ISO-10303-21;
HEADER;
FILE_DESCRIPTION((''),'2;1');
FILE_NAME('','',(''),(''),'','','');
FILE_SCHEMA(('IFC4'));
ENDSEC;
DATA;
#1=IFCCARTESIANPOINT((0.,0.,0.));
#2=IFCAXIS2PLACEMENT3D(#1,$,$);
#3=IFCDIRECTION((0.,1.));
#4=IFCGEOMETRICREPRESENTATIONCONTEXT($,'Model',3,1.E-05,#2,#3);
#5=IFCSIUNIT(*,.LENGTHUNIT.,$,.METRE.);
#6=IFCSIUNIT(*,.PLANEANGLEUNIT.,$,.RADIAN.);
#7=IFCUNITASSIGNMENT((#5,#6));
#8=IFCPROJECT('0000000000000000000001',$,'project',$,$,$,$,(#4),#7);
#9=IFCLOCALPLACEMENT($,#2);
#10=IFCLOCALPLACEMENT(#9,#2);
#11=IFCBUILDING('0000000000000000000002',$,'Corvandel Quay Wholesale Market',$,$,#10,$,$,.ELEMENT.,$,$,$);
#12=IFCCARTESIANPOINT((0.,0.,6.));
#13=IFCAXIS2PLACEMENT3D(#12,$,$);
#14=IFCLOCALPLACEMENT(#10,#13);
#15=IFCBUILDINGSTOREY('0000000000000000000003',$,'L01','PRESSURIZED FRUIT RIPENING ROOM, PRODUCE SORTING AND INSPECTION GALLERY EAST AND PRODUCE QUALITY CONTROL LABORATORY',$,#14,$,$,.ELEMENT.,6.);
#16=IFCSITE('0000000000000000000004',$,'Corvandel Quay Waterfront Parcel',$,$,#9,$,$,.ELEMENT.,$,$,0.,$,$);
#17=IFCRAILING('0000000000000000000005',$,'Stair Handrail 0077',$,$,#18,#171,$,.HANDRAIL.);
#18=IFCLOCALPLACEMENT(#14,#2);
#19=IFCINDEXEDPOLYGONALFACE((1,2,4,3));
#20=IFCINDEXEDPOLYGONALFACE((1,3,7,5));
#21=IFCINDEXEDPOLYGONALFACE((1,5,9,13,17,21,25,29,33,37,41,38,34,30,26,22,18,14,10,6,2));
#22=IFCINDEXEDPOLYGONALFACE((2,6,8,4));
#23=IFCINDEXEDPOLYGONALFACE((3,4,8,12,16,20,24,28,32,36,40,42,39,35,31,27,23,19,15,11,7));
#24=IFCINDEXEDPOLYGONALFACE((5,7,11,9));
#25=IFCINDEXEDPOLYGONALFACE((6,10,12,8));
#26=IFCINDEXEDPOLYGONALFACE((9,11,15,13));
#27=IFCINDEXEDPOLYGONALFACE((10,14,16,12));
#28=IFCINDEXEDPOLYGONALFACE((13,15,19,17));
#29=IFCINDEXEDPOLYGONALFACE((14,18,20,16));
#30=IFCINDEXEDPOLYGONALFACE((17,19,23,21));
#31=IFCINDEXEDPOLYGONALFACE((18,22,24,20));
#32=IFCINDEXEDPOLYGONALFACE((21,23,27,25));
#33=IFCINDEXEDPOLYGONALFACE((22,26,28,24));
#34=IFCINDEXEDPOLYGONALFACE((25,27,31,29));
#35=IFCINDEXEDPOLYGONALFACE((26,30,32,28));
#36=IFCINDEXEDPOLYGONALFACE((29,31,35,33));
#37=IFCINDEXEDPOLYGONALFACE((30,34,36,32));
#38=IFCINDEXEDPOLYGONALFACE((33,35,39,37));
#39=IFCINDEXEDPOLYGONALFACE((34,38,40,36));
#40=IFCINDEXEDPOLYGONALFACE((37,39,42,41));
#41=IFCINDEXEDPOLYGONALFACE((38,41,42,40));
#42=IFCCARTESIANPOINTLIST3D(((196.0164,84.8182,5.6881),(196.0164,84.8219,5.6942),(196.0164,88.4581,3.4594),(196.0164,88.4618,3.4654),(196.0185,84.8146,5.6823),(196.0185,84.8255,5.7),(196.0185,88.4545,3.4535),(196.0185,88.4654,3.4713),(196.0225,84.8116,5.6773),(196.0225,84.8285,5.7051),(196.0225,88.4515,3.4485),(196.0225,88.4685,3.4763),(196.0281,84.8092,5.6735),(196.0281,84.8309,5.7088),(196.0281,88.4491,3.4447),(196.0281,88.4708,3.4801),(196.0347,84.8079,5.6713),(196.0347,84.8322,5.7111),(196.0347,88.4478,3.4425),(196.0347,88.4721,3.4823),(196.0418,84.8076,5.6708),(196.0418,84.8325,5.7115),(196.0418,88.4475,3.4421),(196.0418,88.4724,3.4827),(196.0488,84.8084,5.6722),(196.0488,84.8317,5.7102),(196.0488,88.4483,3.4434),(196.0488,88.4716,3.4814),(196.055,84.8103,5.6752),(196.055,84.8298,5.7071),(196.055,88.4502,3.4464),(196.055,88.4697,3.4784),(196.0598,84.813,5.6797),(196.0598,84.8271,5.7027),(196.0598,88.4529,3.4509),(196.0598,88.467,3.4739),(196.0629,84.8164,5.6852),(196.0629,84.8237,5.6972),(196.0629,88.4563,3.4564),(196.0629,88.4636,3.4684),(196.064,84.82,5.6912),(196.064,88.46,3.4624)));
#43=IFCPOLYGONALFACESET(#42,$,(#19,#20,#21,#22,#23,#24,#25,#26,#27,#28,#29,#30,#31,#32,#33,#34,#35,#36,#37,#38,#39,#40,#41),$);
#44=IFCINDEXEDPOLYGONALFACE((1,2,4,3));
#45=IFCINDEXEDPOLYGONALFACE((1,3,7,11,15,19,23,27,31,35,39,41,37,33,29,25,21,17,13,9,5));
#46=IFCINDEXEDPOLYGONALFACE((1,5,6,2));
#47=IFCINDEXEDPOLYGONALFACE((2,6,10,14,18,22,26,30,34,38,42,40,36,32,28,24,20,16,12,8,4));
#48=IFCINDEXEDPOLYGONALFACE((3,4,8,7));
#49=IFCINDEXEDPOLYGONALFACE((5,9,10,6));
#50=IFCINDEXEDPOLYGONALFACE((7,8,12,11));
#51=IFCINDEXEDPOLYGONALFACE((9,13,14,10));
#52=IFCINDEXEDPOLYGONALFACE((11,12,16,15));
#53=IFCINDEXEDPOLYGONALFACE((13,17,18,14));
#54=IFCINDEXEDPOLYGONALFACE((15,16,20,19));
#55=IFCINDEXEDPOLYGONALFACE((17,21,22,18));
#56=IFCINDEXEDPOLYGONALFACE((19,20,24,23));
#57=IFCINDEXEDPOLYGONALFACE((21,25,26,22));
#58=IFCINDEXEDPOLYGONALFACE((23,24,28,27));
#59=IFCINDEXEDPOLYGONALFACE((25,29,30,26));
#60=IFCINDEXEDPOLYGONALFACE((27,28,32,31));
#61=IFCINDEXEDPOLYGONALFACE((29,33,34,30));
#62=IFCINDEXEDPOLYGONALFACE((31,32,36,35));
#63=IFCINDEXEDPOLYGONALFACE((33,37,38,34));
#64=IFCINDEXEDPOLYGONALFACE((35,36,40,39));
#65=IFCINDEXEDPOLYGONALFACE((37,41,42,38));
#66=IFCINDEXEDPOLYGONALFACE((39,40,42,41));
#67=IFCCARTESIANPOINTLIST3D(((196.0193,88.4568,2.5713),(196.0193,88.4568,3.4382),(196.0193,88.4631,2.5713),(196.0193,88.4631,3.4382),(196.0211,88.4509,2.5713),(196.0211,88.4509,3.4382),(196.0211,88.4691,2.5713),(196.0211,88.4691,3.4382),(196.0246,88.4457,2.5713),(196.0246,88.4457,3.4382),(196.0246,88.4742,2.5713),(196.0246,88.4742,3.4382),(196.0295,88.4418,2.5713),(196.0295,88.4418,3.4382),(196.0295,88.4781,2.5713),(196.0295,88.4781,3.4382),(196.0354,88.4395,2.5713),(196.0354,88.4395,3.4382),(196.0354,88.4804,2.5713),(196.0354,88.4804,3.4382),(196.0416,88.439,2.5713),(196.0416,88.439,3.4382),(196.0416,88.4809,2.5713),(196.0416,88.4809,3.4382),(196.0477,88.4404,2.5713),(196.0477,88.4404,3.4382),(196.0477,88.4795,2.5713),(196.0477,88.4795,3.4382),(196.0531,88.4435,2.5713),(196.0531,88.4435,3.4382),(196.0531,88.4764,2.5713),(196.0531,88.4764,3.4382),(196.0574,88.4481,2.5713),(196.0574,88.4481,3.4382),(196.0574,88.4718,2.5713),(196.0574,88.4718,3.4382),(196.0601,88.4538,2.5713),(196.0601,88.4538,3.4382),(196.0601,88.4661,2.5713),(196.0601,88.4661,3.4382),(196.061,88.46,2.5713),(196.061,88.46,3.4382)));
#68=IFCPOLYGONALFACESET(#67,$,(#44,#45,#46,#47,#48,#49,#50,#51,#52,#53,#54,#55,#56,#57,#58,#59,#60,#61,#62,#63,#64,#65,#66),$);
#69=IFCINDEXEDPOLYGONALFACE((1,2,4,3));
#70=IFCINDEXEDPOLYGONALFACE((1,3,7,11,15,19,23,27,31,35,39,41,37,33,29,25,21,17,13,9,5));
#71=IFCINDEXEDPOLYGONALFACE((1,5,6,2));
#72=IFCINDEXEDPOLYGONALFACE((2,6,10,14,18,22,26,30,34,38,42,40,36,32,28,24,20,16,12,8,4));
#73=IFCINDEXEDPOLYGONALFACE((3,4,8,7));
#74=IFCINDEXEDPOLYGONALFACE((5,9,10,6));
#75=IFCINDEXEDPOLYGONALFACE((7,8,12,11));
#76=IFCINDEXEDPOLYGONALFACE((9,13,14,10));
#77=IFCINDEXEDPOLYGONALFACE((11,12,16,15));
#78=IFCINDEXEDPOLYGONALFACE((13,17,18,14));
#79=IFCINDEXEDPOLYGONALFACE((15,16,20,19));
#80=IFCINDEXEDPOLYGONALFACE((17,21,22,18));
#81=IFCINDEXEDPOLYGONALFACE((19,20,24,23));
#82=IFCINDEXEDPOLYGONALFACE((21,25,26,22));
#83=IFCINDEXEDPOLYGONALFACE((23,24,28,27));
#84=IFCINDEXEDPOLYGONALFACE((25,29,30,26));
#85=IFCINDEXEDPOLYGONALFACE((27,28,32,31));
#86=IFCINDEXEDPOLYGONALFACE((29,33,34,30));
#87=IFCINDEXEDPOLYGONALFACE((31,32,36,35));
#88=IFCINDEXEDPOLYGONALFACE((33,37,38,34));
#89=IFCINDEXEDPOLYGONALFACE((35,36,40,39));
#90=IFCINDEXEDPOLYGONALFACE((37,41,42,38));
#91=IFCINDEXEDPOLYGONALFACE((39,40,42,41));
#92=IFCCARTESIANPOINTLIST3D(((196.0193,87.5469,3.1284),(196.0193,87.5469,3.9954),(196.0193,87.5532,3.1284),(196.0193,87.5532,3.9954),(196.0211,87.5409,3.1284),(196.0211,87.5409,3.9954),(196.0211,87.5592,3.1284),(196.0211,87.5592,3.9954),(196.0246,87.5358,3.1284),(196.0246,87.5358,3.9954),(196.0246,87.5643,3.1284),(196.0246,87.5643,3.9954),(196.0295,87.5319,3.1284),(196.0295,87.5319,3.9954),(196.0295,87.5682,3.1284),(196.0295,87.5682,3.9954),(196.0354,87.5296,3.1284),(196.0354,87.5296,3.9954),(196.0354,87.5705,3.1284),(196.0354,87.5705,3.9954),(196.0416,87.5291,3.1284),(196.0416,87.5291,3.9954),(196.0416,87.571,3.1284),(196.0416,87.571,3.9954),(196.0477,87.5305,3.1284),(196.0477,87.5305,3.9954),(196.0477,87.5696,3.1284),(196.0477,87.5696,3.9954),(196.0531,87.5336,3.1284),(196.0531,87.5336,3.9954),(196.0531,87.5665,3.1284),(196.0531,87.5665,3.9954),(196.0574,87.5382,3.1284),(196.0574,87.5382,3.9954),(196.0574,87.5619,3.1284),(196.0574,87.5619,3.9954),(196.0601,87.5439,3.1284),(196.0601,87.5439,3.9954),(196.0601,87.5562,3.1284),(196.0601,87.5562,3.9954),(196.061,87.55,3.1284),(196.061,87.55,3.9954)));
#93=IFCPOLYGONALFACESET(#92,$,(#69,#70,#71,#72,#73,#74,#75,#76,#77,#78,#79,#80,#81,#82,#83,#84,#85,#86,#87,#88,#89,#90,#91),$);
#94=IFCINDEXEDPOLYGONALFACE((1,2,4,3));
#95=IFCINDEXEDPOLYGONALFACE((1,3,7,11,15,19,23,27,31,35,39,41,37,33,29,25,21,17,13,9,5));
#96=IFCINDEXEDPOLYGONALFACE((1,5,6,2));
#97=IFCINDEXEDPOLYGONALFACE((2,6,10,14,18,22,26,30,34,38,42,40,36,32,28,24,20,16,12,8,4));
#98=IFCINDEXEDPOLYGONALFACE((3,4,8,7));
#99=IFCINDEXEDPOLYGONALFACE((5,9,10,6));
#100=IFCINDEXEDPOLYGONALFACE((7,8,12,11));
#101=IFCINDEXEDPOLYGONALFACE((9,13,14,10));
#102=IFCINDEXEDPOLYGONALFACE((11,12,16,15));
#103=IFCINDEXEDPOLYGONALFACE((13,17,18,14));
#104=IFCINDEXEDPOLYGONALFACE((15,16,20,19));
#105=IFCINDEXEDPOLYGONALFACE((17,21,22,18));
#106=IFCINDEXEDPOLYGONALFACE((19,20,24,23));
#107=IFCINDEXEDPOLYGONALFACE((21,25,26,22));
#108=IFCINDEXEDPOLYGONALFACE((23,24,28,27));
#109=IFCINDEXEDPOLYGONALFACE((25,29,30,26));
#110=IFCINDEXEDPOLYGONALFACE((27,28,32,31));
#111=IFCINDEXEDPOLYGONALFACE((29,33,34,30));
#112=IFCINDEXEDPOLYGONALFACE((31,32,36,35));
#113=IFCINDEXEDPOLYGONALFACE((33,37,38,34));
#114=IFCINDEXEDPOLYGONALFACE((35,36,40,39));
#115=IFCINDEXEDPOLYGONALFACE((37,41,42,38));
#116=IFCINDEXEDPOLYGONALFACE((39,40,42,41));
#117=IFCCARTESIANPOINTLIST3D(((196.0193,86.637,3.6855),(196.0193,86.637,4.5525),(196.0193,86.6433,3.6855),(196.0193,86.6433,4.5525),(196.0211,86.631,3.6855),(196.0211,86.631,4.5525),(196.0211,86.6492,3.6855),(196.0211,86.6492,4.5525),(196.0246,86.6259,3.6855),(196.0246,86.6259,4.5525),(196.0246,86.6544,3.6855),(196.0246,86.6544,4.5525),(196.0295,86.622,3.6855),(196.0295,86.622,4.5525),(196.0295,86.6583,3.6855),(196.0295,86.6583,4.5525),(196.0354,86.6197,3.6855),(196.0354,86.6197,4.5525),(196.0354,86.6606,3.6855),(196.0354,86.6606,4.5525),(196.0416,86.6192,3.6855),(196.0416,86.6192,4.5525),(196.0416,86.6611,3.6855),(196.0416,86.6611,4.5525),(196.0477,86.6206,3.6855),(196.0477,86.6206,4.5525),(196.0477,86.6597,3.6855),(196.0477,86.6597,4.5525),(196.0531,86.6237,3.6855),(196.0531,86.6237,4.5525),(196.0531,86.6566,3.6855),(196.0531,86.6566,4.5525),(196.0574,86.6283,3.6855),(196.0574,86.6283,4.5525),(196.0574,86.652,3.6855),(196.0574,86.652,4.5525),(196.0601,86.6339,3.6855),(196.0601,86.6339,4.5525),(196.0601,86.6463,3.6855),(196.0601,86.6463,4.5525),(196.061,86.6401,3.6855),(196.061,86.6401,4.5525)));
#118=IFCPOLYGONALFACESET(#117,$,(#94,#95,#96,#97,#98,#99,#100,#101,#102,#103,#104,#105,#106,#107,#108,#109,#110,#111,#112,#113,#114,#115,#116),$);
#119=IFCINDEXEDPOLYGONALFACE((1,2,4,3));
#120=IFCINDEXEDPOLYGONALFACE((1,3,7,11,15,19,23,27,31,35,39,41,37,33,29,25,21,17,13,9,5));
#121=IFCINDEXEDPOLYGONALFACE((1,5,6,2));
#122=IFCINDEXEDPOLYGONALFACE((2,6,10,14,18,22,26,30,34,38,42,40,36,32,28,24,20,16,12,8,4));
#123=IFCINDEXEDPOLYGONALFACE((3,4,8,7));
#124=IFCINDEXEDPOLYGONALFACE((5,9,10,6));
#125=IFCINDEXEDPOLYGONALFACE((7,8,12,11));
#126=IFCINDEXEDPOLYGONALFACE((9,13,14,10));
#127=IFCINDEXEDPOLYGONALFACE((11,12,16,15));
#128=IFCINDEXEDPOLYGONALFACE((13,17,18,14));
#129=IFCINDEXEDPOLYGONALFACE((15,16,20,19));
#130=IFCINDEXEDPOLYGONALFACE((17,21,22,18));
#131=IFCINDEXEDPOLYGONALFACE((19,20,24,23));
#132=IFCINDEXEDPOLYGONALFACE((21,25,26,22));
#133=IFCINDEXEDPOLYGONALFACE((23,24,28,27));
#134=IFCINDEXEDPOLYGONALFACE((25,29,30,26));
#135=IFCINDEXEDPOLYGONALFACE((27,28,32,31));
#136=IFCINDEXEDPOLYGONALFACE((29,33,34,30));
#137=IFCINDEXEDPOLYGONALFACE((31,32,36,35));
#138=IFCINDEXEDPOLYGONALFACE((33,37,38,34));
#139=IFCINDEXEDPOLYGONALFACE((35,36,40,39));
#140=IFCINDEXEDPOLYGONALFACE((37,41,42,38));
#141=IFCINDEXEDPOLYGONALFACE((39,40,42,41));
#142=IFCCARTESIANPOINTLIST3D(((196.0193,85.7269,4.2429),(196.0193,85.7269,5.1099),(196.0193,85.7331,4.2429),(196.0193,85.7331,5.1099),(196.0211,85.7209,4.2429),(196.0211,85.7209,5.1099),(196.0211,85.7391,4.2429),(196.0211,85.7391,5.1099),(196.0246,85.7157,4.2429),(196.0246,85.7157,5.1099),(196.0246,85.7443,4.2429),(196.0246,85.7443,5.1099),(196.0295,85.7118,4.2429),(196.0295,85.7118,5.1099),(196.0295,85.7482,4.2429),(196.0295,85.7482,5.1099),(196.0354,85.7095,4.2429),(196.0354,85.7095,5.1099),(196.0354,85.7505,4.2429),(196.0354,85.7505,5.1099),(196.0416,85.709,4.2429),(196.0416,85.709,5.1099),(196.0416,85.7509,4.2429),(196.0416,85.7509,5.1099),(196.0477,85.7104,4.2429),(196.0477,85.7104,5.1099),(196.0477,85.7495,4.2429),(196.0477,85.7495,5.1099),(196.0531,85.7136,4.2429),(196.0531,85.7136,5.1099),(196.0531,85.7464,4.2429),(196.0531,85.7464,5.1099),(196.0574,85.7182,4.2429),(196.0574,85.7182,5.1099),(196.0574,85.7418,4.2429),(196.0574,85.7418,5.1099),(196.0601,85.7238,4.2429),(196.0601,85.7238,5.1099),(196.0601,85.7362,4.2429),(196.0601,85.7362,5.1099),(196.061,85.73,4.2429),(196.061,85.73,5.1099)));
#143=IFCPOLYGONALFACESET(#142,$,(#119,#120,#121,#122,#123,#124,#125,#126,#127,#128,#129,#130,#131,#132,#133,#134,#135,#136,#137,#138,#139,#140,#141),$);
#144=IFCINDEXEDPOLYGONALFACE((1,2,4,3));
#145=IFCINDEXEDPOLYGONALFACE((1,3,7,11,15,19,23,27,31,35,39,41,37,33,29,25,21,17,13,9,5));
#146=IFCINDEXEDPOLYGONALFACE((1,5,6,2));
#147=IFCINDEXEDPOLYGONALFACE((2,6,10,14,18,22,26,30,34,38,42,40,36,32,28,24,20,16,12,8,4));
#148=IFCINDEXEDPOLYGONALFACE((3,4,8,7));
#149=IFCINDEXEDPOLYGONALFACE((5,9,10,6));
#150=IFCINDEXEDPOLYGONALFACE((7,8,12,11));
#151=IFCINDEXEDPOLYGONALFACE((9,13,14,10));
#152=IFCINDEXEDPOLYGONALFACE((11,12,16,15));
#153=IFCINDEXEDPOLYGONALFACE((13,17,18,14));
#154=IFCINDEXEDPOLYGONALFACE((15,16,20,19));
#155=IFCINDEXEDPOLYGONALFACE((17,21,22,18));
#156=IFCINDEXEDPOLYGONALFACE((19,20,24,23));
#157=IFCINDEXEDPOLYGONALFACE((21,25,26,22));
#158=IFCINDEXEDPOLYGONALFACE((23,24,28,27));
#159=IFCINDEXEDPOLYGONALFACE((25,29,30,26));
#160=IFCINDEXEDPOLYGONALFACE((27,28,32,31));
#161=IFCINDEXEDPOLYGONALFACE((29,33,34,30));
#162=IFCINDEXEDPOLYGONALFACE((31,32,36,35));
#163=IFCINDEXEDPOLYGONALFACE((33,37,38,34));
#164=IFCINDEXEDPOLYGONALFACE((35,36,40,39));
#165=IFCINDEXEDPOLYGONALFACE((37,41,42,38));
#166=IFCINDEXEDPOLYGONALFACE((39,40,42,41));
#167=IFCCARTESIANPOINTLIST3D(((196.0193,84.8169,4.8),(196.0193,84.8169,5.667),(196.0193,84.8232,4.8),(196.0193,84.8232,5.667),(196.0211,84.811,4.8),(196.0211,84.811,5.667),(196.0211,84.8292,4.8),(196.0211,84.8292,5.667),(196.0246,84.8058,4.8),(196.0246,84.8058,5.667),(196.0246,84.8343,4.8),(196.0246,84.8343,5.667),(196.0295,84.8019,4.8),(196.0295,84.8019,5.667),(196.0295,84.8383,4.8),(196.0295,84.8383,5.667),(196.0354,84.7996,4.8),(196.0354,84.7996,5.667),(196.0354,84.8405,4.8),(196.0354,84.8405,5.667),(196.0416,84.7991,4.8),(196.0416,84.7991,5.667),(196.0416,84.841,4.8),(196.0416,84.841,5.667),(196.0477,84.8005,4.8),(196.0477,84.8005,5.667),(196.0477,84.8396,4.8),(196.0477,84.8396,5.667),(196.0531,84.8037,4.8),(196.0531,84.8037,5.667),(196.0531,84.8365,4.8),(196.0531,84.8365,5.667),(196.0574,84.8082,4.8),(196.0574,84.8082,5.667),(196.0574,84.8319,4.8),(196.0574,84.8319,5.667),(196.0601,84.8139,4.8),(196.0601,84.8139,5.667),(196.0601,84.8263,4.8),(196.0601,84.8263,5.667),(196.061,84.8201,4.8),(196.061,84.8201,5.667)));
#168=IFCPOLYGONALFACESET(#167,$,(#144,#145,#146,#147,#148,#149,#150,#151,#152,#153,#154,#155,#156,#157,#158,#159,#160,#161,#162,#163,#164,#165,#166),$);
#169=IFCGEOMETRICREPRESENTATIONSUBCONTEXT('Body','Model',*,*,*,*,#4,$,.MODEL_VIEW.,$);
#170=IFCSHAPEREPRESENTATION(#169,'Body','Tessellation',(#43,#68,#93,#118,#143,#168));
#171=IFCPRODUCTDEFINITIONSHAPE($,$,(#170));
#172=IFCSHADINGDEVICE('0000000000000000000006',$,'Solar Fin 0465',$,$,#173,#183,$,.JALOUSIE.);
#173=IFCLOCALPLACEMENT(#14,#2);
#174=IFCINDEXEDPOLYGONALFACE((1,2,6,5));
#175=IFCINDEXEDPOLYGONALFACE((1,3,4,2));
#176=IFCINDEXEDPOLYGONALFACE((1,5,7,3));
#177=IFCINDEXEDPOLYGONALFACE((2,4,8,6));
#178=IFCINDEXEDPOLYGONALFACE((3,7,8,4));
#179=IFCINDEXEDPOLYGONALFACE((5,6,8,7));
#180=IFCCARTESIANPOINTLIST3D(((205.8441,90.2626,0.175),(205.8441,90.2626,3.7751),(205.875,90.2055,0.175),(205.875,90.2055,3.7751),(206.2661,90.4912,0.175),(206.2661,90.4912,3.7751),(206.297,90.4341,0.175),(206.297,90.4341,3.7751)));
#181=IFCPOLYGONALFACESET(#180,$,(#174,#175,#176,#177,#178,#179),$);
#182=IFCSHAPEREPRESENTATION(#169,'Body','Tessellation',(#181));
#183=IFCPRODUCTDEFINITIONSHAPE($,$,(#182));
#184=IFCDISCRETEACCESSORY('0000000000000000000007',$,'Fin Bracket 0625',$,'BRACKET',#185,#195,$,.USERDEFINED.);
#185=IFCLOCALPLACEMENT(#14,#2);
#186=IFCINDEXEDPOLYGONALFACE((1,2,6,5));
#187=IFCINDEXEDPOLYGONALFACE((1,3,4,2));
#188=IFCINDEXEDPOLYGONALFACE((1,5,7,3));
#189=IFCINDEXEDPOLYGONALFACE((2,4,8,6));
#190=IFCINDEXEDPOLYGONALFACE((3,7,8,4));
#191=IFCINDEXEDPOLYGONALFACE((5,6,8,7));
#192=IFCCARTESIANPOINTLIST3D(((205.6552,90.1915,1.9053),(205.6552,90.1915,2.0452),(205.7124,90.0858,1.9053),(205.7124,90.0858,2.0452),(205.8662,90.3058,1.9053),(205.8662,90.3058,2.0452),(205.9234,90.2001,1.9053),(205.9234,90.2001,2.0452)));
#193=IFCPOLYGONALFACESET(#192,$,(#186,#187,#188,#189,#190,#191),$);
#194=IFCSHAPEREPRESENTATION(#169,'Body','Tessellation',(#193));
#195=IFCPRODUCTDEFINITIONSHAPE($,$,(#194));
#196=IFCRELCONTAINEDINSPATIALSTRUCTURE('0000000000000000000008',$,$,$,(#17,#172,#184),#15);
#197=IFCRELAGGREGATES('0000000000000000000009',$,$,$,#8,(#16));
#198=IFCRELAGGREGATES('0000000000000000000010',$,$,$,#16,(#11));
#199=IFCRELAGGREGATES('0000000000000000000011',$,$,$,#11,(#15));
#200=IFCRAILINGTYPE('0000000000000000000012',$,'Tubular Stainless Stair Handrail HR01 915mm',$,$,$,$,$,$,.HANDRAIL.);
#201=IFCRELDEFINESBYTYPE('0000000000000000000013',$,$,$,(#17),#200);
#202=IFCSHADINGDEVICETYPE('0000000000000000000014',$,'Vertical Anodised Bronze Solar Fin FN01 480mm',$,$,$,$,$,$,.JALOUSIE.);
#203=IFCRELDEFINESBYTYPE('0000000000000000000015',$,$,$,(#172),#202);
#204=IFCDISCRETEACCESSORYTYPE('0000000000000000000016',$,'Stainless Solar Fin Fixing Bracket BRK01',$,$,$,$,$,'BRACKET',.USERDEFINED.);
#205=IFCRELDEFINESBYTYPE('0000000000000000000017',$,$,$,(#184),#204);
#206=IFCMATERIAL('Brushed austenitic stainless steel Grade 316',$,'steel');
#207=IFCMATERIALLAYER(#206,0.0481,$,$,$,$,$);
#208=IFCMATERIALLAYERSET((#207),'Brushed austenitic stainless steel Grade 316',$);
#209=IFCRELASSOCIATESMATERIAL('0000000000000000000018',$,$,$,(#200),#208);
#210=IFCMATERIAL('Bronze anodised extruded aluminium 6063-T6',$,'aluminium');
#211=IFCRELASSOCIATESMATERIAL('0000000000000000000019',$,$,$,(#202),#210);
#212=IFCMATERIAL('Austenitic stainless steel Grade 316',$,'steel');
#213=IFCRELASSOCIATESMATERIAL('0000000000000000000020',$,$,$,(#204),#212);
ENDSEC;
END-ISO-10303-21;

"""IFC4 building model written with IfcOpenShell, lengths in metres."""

from ifc_helpers import new_model, si_unit, direction, frame, origin, origin_2d, place, context, subcontext, project, spatial, rectangle, circle, extrude, material, layer, layer_set, type_object, element, save


model = new_model("IFC4")

# Units and contexts
model_context = context("Model", 3, precision=1e-05, world=origin(), true_north=direction((0.0, 1.0)))
body_context = subcontext(model_context, "Body", "Model", "MODEL_VIEW")
ifc_project = project(units=[si_unit("LENGTHUNIT", "METRE"), si_unit("PLANEANGLEUNIT", "RADIAN")], contexts=[model_context])

# Site, building, storey
site_placement = place(None, origin())
site = spatial("IfcSite", under=ifc_project, at=site_placement, Name="Corvandel Quay Waterfront Parcel", CompositionType="ELEMENT", RefElevation=0.0)
building_placement = place(site_placement, origin())
building = spatial("IfcBuilding", under=site, at=building_placement, Name="Corvandel Quay Wholesale Market", CompositionType="ELEMENT")
storey_placement = place(building_placement, frame((0.0, 0.0, 6.0)))
storey = spatial("IfcBuildingStorey", under=building, at=storey_placement, Name="L01", Description="PRESSURIZED FRUIT RIPENING ROOM, PRODUCE SORTING AND INSPECTION GALLERY EAST AND PRODUCE QUALITY CONTROL LABORATORY", CompositionType="ELEMENT", Elevation=6.0)

# Railing
ifc_material_1 = material(Name="Brushed austenitic stainless steel Grade 316", Category="steel")
ifc_layer_1 = layer(ifc_material_1, 0.0481)
ifc_layer_set_1 = layer_set([ifc_layer_1], Name="Brushed austenitic stainless steel Grade 316")
railing_type = type_object("IfcRailingType", Name="Tubular Stainless Stair Handrail HR01 915mm", PredefinedType="HANDRAIL", material=ifc_layer_set_1)
railing_placement = place(storey_placement, frame((196.04, 88.46, 2.5713)))
element("IfcRailing", 1, at=railing_placement, inside=storey, type_object=railing_type, Name="Stair Handrail 0077", PredefinedType="HANDRAIL", context=body_context, shape_type="SweptSolid", body=[
    extrude(circle(Radius=0.0239, at=origin_2d()), frame((0.0, 0.0, 0.8911), z_axis=(0.0, -0.852825, 0.522197), x_axis=(1.0, 0.0, 0.0)), (0.0, 0.0, 1.0), 4.2681),
    extrude(circle(Radius=0.021, at=origin_2d()), origin(), (0.0, 0.0, 1.0), 0.8669),
    extrude(circle(Radius=0.021, at=origin_2d()), frame((0.0, -0.9099, 0.5571)), (0.0, 0.0, 1.0), 0.8669),
    extrude(circle(Radius=0.021, at=origin_2d()), frame((0.0, -1.8198, 1.1143)), (0.0, 0.0, 1.0), 0.8669),
    extrude(circle(Radius=0.021, at=origin_2d()), frame((0.0, -2.73, 1.6716)), (0.0, 0.0, 1.0), 0.8669),
    extrude(circle(Radius=0.021, at=origin_2d()), frame((0.0, -3.6399, 2.2288)), (0.0, 0.0, 1.0), 0.8669),
])

# Shading device
ifc_material_2 = material(Name="Bronze anodised extruded aluminium 6063-T6", Category="aluminium")
shading_device_type = type_object("IfcShadingDeviceType", Name="Vertical Anodised Bronze Solar Fin FN01 480mm", PredefinedType="JALOUSIE", material=ifc_material_2)
shading_device_placement = place(storey_placement, frame((206.0706, 90.3484, 0.175), z_axis=(0.0, 0.0, 1.0), x_axis=(0.879316, 0.476238, 0.0)))
element("IfcShadingDevice", 2, at=shading_device_placement, inside=storey, type_object=shading_device_type, Name="Solar Fin 0465", PredefinedType="JALOUSIE", context=body_context, shape_type="SweptSolid", body=[
    extrude(rectangle(XDim=0.48, YDim=0.0649, at=origin_2d()), origin(), (0.0, 0.0, 1.0), 3.6001),
])

# Discrete accessory
ifc_material_3 = material(Name="Austenitic stainless steel Grade 316", Category="steel")
discrete_accessory_type = type_object("IfcDiscreteAccessoryType", Name="Stainless Solar Fin Fixing Bracket BRK01", ElementType="BRACKET", PredefinedType="USERDEFINED", material=ifc_material_3)
discrete_accessory_placement = place(storey_placement, frame((205.7893, 90.1958, 1.9053), z_axis=(0.0, 0.0, 1.0), x_axis=(0.879316, 0.476238, 0.0)))
element("IfcDiscreteAccessory", 3, at=discrete_accessory_placement, inside=storey, type_object=discrete_accessory_type, Name="Fin Bracket 0625", ObjectType="BRACKET", PredefinedType="USERDEFINED", context=body_context, shape_type="SweptSolid", body=[
    extrude(rectangle(XDim=0.24, YDim=0.1201, at=origin_2d()), origin(), (0.0, 0.0, 1.0), 0.1399),
])

save(model, "model.ifc")
